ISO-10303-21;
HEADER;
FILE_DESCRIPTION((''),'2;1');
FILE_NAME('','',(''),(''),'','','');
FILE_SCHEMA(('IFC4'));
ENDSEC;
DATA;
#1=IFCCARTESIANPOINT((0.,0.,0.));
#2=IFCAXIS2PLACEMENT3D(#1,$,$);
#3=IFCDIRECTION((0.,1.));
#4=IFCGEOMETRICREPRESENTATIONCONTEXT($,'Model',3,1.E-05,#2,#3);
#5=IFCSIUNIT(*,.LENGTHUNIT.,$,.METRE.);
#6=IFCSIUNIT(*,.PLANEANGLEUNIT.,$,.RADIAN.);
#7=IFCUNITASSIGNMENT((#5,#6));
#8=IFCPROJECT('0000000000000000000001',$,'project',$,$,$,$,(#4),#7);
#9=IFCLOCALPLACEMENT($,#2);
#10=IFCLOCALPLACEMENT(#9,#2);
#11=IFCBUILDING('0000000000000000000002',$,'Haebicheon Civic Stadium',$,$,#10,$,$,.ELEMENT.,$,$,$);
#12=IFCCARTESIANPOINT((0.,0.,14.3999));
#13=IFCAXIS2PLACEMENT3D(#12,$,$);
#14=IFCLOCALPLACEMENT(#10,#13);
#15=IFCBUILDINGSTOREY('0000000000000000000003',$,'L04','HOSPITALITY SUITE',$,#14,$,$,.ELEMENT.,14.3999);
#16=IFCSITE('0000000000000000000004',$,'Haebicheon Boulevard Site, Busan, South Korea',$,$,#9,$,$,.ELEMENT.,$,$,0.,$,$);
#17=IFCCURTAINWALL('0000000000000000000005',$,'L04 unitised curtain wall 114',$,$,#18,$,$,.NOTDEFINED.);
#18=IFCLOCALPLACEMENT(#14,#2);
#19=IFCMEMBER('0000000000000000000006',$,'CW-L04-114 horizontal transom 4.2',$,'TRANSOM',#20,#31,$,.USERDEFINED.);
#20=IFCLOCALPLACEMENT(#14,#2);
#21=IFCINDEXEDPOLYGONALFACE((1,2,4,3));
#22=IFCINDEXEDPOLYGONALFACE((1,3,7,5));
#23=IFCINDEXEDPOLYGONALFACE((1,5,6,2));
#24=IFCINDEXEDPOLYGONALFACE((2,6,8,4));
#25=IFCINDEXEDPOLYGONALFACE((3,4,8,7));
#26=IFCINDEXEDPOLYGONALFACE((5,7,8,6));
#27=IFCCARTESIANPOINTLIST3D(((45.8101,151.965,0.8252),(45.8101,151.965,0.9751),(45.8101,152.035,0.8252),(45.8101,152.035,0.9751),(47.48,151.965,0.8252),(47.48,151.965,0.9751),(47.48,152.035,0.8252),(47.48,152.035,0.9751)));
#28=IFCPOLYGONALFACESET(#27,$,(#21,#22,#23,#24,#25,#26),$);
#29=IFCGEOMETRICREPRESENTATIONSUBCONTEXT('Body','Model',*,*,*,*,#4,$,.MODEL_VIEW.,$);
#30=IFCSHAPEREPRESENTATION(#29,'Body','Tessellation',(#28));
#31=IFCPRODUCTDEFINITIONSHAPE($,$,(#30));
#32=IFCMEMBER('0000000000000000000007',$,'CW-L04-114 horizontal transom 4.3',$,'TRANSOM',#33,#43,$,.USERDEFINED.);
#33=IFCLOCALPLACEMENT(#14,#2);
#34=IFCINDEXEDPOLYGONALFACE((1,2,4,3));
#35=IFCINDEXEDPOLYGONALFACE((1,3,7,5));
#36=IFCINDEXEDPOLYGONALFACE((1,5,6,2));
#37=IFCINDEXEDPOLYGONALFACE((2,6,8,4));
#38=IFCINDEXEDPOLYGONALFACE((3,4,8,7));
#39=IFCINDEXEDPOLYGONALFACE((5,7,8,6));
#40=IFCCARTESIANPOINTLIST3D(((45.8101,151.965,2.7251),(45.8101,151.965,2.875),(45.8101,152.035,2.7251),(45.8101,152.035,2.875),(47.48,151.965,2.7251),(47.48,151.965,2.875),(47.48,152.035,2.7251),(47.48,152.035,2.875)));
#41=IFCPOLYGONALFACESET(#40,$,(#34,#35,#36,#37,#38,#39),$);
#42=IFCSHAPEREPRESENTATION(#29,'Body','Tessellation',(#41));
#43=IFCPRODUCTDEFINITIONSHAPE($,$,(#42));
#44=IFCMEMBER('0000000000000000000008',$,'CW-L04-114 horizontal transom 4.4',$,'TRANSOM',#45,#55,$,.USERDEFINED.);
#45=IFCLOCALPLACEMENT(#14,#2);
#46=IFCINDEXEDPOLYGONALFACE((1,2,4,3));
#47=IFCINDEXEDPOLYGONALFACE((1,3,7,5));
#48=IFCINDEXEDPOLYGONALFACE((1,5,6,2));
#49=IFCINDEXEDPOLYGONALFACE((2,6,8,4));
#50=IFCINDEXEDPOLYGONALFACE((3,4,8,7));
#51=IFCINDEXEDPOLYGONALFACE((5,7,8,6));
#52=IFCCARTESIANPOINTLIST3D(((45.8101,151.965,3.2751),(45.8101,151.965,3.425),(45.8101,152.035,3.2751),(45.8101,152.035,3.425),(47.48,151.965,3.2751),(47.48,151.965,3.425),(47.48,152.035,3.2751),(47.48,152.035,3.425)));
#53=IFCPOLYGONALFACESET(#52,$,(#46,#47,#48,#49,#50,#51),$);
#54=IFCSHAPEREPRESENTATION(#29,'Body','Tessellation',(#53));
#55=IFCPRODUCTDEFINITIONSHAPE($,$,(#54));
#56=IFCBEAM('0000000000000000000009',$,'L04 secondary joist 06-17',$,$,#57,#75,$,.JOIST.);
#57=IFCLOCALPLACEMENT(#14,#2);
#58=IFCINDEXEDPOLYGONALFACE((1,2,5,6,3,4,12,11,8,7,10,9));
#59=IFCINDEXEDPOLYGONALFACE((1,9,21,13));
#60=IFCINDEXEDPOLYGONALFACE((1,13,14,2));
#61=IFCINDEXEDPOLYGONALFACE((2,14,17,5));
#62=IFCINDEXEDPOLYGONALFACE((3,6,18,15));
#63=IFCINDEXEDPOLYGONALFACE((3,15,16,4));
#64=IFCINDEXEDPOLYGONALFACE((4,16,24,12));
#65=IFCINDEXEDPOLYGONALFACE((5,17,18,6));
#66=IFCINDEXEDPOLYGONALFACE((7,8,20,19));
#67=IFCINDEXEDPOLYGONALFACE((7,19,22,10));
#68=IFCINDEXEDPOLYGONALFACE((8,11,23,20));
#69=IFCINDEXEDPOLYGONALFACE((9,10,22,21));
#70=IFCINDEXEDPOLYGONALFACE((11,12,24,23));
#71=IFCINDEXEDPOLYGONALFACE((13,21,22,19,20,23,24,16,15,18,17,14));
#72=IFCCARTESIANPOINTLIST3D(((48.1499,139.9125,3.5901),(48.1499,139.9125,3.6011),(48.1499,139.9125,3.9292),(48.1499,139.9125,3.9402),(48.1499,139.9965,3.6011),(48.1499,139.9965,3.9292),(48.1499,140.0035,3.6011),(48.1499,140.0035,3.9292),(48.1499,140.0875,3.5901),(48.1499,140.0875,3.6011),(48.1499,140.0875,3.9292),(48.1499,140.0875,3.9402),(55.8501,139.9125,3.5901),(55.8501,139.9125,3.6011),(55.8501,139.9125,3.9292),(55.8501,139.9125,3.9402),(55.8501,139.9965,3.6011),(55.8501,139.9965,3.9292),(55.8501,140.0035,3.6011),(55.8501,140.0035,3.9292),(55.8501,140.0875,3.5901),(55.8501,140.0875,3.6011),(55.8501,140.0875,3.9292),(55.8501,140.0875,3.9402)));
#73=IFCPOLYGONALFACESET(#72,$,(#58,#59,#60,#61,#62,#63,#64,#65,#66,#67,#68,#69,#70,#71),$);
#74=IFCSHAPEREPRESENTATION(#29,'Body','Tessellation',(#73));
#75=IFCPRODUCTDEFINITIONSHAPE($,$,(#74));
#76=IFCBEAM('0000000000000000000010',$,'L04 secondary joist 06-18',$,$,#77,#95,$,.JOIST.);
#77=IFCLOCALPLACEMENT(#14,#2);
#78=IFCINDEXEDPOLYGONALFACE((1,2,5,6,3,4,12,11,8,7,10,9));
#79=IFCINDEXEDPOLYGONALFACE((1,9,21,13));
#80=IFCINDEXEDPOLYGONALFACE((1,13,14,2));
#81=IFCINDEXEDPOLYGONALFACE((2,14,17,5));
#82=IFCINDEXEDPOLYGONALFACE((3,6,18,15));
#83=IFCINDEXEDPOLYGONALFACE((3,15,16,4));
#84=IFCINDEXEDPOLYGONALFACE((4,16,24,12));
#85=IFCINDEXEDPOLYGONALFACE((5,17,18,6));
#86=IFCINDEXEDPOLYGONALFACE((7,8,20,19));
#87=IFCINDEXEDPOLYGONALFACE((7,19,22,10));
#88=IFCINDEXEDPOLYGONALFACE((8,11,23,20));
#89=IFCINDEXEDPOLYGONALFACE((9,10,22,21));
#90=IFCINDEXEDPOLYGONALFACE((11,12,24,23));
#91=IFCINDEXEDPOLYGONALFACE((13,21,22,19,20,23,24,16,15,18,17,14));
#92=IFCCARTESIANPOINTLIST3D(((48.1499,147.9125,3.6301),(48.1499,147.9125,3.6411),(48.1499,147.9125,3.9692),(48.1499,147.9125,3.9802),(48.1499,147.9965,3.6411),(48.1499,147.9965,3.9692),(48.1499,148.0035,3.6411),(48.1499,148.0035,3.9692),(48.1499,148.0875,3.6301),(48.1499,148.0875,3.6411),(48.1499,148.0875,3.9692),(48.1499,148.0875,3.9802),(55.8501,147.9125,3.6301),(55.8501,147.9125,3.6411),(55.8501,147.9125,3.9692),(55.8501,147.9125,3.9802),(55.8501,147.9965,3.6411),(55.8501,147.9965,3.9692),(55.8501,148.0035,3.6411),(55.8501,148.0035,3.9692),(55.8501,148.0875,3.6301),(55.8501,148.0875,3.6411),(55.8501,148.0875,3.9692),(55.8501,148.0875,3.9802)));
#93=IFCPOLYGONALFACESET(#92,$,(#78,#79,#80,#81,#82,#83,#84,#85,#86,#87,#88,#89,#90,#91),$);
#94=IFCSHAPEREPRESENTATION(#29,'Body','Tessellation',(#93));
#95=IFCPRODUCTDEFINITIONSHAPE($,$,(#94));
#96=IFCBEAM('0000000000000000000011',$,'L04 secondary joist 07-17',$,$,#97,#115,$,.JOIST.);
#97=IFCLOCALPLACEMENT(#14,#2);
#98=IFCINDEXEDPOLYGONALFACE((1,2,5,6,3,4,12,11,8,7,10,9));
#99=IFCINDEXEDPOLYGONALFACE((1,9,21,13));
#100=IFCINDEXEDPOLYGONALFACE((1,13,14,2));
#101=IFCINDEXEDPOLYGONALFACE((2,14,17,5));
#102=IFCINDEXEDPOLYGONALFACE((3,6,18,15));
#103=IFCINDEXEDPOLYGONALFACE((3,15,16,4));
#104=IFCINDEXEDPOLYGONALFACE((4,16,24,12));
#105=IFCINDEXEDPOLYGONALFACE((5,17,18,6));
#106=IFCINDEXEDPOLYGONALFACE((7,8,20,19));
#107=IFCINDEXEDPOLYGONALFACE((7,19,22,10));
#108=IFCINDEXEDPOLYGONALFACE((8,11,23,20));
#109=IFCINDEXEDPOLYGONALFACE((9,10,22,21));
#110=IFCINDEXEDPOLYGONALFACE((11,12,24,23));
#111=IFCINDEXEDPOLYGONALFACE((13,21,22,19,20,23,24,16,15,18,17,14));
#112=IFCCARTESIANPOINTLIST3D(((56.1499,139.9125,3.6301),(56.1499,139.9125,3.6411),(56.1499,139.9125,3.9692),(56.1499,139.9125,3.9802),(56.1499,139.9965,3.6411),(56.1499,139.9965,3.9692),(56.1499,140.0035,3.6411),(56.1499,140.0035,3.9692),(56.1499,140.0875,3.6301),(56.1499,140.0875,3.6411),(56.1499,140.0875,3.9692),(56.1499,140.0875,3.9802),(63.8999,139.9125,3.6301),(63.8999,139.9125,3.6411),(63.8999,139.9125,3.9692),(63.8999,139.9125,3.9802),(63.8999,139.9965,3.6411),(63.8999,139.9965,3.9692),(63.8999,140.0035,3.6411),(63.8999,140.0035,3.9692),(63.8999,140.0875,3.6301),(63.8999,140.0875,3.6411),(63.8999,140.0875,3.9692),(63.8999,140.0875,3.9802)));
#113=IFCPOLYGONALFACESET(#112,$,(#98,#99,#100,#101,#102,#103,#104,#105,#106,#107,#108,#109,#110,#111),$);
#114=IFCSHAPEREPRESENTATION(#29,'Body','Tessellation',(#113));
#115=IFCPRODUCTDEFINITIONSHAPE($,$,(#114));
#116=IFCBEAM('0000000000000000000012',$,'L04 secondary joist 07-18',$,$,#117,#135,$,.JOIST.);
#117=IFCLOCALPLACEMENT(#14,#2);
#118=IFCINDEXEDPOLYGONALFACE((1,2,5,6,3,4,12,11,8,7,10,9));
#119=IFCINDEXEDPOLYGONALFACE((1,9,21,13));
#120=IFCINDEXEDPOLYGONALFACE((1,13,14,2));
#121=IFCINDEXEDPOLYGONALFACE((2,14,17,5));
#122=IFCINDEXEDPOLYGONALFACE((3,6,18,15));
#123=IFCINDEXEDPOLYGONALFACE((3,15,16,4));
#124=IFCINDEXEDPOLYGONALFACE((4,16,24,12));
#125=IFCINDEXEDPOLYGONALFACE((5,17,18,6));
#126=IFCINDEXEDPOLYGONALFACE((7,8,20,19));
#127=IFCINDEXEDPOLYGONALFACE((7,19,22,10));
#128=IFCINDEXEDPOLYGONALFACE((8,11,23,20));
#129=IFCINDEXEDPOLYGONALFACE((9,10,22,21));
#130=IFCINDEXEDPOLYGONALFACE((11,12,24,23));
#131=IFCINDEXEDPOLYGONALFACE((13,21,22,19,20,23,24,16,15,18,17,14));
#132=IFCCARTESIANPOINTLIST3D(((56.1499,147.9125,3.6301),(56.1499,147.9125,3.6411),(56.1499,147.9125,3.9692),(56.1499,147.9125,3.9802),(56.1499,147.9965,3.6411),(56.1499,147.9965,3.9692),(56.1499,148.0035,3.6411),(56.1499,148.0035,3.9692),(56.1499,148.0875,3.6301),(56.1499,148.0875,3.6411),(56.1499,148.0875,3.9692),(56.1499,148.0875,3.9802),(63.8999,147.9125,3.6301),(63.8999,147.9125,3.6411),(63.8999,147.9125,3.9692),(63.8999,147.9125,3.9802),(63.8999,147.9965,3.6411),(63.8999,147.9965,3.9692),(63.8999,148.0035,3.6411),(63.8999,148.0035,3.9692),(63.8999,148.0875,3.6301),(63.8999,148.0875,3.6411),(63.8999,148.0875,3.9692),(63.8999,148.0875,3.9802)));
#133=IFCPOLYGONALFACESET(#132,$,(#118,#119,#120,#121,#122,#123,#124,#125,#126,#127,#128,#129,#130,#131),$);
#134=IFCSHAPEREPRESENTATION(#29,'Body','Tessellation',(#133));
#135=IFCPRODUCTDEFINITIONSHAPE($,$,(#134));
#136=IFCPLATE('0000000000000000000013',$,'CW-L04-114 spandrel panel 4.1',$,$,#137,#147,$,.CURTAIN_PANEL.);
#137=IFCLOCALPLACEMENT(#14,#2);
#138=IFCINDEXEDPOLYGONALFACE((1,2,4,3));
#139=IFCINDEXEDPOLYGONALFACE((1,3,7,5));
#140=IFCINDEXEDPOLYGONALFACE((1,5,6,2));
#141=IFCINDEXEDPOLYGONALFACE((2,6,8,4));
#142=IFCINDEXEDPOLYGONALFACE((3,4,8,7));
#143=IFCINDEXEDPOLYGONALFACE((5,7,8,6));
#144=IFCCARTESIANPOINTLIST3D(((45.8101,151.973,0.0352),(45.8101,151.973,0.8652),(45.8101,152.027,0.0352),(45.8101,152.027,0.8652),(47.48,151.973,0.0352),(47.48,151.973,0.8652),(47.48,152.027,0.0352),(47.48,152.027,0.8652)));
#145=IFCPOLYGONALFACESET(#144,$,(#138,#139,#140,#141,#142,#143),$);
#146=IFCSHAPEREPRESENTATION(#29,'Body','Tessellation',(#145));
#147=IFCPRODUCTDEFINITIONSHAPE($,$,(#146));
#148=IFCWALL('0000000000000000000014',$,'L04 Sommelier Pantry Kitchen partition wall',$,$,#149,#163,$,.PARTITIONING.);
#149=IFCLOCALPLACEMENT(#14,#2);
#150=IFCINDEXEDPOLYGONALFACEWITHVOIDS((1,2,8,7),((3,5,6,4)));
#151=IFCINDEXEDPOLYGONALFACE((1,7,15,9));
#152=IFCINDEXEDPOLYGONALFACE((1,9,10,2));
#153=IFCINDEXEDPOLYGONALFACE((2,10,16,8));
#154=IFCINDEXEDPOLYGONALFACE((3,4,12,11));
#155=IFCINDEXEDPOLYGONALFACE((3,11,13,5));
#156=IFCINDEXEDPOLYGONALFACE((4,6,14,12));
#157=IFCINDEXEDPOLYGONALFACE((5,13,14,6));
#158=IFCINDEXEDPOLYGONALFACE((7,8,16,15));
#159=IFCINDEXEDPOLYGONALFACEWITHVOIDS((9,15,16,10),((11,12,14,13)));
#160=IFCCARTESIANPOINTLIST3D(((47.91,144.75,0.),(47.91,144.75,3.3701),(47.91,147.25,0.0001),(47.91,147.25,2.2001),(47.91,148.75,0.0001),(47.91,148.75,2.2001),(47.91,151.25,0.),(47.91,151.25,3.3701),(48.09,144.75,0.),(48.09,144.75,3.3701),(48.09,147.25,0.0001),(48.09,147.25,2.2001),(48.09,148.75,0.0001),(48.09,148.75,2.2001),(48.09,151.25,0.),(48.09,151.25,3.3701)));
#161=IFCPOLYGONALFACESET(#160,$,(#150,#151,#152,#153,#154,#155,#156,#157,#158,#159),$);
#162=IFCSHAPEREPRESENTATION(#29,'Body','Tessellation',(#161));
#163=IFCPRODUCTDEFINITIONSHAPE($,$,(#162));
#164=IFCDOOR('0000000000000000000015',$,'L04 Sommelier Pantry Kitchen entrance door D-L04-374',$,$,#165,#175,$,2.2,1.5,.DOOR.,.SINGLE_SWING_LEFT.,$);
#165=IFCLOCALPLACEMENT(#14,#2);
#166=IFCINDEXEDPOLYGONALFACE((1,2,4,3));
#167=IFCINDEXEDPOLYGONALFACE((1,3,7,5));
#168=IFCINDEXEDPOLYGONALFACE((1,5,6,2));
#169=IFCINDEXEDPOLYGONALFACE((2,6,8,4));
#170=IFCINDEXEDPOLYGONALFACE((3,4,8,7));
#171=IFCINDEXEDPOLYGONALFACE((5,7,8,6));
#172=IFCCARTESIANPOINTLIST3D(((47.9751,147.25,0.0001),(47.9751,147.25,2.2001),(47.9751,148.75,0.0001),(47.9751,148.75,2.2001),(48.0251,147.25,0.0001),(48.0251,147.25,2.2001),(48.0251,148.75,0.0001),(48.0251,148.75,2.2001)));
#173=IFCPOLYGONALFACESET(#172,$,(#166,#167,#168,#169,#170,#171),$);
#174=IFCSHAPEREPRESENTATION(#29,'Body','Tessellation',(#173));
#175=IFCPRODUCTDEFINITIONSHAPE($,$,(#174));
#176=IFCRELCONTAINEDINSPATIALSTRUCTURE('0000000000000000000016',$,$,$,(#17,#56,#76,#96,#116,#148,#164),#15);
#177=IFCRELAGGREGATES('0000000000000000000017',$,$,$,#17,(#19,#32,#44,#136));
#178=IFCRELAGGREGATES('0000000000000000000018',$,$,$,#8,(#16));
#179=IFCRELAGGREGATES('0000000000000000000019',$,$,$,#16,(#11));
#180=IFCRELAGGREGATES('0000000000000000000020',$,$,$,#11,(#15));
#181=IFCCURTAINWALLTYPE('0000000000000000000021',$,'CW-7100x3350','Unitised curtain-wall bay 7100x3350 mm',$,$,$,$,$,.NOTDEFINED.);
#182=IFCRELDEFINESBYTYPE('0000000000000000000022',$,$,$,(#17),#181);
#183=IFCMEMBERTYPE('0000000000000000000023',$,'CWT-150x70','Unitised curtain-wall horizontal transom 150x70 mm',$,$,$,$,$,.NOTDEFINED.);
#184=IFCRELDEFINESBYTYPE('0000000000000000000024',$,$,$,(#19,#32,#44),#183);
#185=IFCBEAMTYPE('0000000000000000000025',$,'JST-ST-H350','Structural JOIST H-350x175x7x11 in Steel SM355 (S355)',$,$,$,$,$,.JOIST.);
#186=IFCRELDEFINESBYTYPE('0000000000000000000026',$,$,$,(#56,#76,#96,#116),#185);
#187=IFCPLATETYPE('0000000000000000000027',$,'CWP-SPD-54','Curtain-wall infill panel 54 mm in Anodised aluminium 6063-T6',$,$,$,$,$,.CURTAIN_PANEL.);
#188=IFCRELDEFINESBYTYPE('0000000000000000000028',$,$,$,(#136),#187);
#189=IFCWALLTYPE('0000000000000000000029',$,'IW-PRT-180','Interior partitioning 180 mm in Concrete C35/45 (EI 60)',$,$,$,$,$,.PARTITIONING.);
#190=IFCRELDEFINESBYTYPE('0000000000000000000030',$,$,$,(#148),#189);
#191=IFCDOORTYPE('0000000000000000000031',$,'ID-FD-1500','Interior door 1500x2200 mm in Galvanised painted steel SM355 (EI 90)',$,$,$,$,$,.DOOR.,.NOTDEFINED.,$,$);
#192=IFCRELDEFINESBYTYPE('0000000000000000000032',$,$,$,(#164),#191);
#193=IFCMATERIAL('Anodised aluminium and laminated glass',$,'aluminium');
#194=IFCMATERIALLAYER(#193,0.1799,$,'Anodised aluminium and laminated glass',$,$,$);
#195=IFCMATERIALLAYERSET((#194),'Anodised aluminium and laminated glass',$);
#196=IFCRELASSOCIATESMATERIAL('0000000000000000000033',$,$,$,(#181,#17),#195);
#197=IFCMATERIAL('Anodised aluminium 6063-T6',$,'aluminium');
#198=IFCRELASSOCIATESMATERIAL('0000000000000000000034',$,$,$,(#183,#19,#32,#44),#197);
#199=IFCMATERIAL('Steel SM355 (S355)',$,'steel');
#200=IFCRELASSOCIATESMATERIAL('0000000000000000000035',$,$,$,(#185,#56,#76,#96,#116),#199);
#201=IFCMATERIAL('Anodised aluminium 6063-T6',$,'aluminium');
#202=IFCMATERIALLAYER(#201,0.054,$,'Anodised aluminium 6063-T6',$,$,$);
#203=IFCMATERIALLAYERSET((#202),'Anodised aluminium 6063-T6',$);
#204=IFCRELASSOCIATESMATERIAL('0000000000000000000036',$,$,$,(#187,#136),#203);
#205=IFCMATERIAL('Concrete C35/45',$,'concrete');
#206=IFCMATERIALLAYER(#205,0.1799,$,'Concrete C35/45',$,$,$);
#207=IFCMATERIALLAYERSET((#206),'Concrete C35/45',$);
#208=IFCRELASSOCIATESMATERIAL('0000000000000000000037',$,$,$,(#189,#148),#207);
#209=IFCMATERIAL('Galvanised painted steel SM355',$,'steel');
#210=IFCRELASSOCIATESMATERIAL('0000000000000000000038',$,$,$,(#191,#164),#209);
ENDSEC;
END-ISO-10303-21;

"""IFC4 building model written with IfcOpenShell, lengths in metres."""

from ifc_helpers import new_model, si_unit, direction, frame, frame_2d, origin, origin_2d, place, context, subcontext, project, spatial, rectangle, i_section, extrude, material, layer, layer_set, material_profile, profile_set, type_object, element, fill, aggregate, save


model = new_model("IFC4")

# Units and contexts
model_context = context("Model", 3, precision=1e-05, world=origin(), true_north=direction((0.0, 1.0)))
body_context = subcontext(model_context, "Body", "Model", "MODEL_VIEW")
ifc_project = project(units=[si_unit("LENGTHUNIT", "METRE"), si_unit("PLANEANGLEUNIT", "RADIAN")], contexts=[model_context])

# Site, building, storey
site_placement = place(None, origin())
site = spatial("IfcSite", under=ifc_project, at=site_placement, Name="Haebicheon Boulevard Site, Busan, South Korea", CompositionType="ELEMENT", RefElevation=0.0)
building_placement = place(site_placement, origin())
building = spatial("IfcBuilding", under=site, at=building_placement, Name="Haebicheon Civic Stadium", CompositionType="ELEMENT")
storey_placement = place(building_placement, frame((0.0, 0.0, 14.3999)))
storey = spatial("IfcBuildingStorey", under=building, at=storey_placement, Name="L04", Description="HOSPITALITY SUITE", CompositionType="ELEMENT", Elevation=14.3999)

# Curtain wall, members
ifc_material_1 = material(Name="Anodised aluminium and laminated glass", Category="aluminium")
ifc_layer_1 = layer(ifc_material_1, 0.1799, Name="Anodised aluminium and laminated glass")
ifc_layer_set_1 = layer_set([ifc_layer_1], Name="Anodised aluminium and laminated glass")
curtain_wall_type = type_object("IfcCurtainWallType", Name="CW-7100x3350", Description="Unitised curtain-wall bay 7100x3350 mm", PredefinedType="NOTDEFINED", material=ifc_layer_set_1)
curtain_wall_placement = place(storey_placement, origin())
curtain_wall = element("IfcCurtainWall", 1, at=curtain_wall_placement, inside=storey, type_object=curtain_wall_type, material=ifc_layer_set_1, Name="L04 unitised curtain wall 114", PredefinedType="NOTDEFINED")
ifc_material_2 = material(Name="Anodised aluminium 6063-T6", Category="aluminium")
ifc_material_profile_1 = material_profile(ifc_material_2, rectangle(XDim=0.0701, YDim=0.1499, at=origin_2d()), Name="ALU-TRAN-70x150")
ifc_profile_set_1 = profile_set([ifc_material_profile_1], Name="Anodised aluminium 6063-T6")
member_type_1 = type_object("IfcMemberType", Name="CWT-150x70", Description="Unitised curtain-wall horizontal transom 150x70 mm", PredefinedType="NOTDEFINED", material=ifc_profile_set_1)
member_1_placement = place(storey_placement, frame((45.8101, 152.0, 0.9001), z_axis=(1.0, 0.0, 0.0), x_axis=(0.0, 1.0, 0.0)))
member_1 = element("IfcMember", 2, at=member_1_placement, type_object=member_type_1, material=ifc_profile_set_1, Name="CW-L04-114 horizontal transom 4.2", ObjectType="TRANSOM", PredefinedType="USERDEFINED", context=body_context, shape_type="SweptSolid", body=[
    extrude(rectangle(XDim=0.0701, YDim=0.1499, at=origin_2d()), origin(), (0.0, 0.0, 1.0), 1.6699),
])
member_2_placement = place(storey_placement, frame((45.8101, 152.0, 2.8), z_axis=(1.0, 0.0, 0.0), x_axis=(0.0, 1.0, 0.0)))
member_2 = element("IfcMember", 3, at=member_2_placement, type_object=member_type_1, material=ifc_profile_set_1, Name="CW-L04-114 horizontal transom 4.3", ObjectType="TRANSOM", PredefinedType="USERDEFINED", context=body_context, shape_type="SweptSolid", body=[
    extrude(rectangle(XDim=0.0701, YDim=0.1499, at=origin_2d()), origin(), (0.0, 0.0, 1.0), 1.6699),
])
member_3_placement = place(storey_placement, frame((45.8101, 152.0, 3.3501), z_axis=(1.0, 0.0, 0.0), x_axis=(0.0, 1.0, 0.0)))
member_3 = element("IfcMember", 4, at=member_3_placement, type_object=member_type_1, material=ifc_profile_set_1, Name="CW-L04-114 horizontal transom 4.4", ObjectType="TRANSOM", PredefinedType="USERDEFINED", context=body_context, shape_type="SweptSolid", body=[
    extrude(rectangle(XDim=0.0701, YDim=0.1499, at=origin_2d()), origin(), (0.0, 0.0, 1.0), 1.6699),
])

# Beams
ifc_material_3 = material(Name="Steel SM355 (S355)", Category="steel")
ifc_material_profile_2 = material_profile(ifc_material_3, i_section(OverallWidth=0.175, OverallDepth=0.3501, WebThickness=0.0071, FlangeThickness=0.011, at=origin_2d()), Name="H-350x175x7x11")
ifc_profile_set_2 = profile_set([ifc_material_profile_2], Name="Steel SM355 (S355)")
beam_type_1 = type_object("IfcBeamType", Name="JST-ST-H350", Description="Structural JOIST H-350x175x7x11 in Steel SM355 (S355)", PredefinedType="JOIST", material=ifc_profile_set_2)
for number, where, z_axis, x_axis, name in (
    (5, (48.1499, 140.0, 3.7651), (1.0, 0.0, 0.0), (0.0, 1.0, 0.0), "L04 secondary joist 06-17"),
    (6, (48.1499, 148.0, 3.8052), (1.0, 0.0, 0.0), (0.0, 1.0, 0.0), "L04 secondary joist 06-18"),
):
    element("IfcBeam", number, at=place(storey_placement, frame(where, z_axis=z_axis, x_axis=x_axis)), inside=storey, type_object=beam_type_1, material=ifc_profile_set_2, Name=name, PredefinedType="JOIST", context=body_context, shape_type="SweptSolid", body=[
        extrude(i_section(OverallWidth=0.175, OverallDepth=0.3501, WebThickness=0.0071, FlangeThickness=0.011, at=origin_2d()), origin(), (0.0, 0.0, 1.0), 7.7002),
    ])
for number, where, z_axis, x_axis, name in (
    (7, (56.1499, 140.0, 3.8052), (1.0, 0.0, 0.0), (0.0, 1.0, 0.0), "L04 secondary joist 07-17"),
    (8, (56.1499, 148.0, 3.8052), (1.0, 0.0, 0.0), (0.0, 1.0, 0.0), "L04 secondary joist 07-18"),
):
    element("IfcBeam", number, at=place(storey_placement, frame(where, z_axis=z_axis, x_axis=x_axis)), inside=storey, type_object=beam_type_1, material=ifc_profile_set_2, Name=name, PredefinedType="JOIST", context=body_context, shape_type="SweptSolid", body=[
        extrude(i_section(OverallWidth=0.175, OverallDepth=0.3501, WebThickness=0.0071, FlangeThickness=0.011, at=origin_2d()), origin(), (0.0, 0.0, 1.0), 7.75),
    ])

# Plate
ifc_material_4 = material(Name="Anodised aluminium 6063-T6", Category="aluminium")
ifc_layer_2 = layer(ifc_material_4, 0.054, Name="Anodised aluminium 6063-T6")
ifc_layer_set_2 = layer_set([ifc_layer_2], Name="Anodised aluminium 6063-T6")
plate_type = type_object("IfcPlateType", Name="CWP-SPD-54", Description="Curtain-wall infill panel 54 mm in Anodised aluminium 6063-T6", PredefinedType="CURTAIN_PANEL", material=ifc_layer_set_2)
plate_placement = place(storey_placement, frame((46.645, 152.0, 0.0352), z_axis=(0.0, 0.0, 1.0), x_axis=(1.0, 0.0, 0.0)))
plate = element("IfcPlate", 9, at=plate_placement, type_object=plate_type, material=ifc_layer_set_2, Name="CW-L04-114 spandrel panel 4.1", PredefinedType="CURTAIN_PANEL", context=body_context, shape_type="SweptSolid", body=[
    extrude(rectangle(XDim=1.6699, YDim=0.054, at=origin_2d()), origin(), (0.0, 0.0, 1.0), 0.8301),
])
aggregate(curtain_wall, [member_1, member_2, member_3, plate])

# Wall, opening, door
ifc_material_5 = material(Name="Concrete C35/45", Category="concrete")
ifc_layer_3 = layer(ifc_material_5, 0.1799, Name="Concrete C35/45")
ifc_layer_set_3 = layer_set([ifc_layer_3], Name="Concrete C35/45")
wall_type = type_object("IfcWallType", Name="IW-PRT-180", Description="Interior partitioning 180 mm in Concrete C35/45 (EI 60)", PredefinedType="PARTITIONING", material=ifc_layer_set_3)
wall_placement = place(storey_placement, frame((48.0, 144.75, 0.0), z_axis=(0.0, 0.0, 1.0), x_axis=(0.0, 1.0, 0.0)))
wall = element("IfcWall", 10, at=wall_placement, inside=storey, type_object=wall_type, material=ifc_layer_set_3, Name="L04 Sommelier Pantry Kitchen partition wall", PredefinedType="PARTITIONING", context=body_context, shape_type="SweptSolid", body=[
    extrude(rectangle(XDim=6.5, YDim=0.1799, at=frame_2d((3.25, 0.0))), origin(), (0.0, 0.0, 1.0), 3.3701),
])
opening_placement = place(wall_placement, frame((2.5, 0.0, 0.0)))
opening = element("IfcOpeningElement", 11, at=opening_placement, cuts=wall, PredefinedType="OPENING", context=body_context, shape_type="SweptSolid", body=[
    extrude(rectangle(XDim=1.5, YDim=2.2, at=frame_2d((0.75, 1.1001))), frame((0.0, 0.0999, 0.0), z_axis=(0.0, -1.0, 0.0), x_axis=(1.0, 0.0, 0.0)), (0.0, 0.0, 1.0), 0.2),
])
ifc_material_6 = material(Name="Galvanised painted steel SM355", Category="steel")
door_type = type_object("IfcDoorType", Name="ID-FD-1500", Description="Interior door 1500x2200 mm in Galvanised painted steel SM355 (EI 90)", OperationType="NOTDEFINED", PredefinedType="DOOR", material=ifc_material_6)
door_placement = place(opening_placement, origin())
door = element("IfcDoor", 12, at=door_placement, inside=storey, type_object=door_type, material=ifc_material_6, Name="L04 Sommelier Pantry Kitchen entrance door D-L04-374", OperationType="SINGLE_SWING_LEFT", OverallHeight=2.2, OverallWidth=1.5, PredefinedType="DOOR", context=body_context, shape_type="SweptSolid", body=[
    extrude(rectangle(XDim=1.5, YDim=2.2, at=frame_2d((0.75, 1.1001))), frame((0.0, 0.0249, 0.0), z_axis=(0.0, -1.0, 0.0), x_axis=(1.0, 0.0, 0.0)), (0.0, 0.0, 1.0), 0.05),
])
fill(opening, door)

save(model, "model.ifc")
